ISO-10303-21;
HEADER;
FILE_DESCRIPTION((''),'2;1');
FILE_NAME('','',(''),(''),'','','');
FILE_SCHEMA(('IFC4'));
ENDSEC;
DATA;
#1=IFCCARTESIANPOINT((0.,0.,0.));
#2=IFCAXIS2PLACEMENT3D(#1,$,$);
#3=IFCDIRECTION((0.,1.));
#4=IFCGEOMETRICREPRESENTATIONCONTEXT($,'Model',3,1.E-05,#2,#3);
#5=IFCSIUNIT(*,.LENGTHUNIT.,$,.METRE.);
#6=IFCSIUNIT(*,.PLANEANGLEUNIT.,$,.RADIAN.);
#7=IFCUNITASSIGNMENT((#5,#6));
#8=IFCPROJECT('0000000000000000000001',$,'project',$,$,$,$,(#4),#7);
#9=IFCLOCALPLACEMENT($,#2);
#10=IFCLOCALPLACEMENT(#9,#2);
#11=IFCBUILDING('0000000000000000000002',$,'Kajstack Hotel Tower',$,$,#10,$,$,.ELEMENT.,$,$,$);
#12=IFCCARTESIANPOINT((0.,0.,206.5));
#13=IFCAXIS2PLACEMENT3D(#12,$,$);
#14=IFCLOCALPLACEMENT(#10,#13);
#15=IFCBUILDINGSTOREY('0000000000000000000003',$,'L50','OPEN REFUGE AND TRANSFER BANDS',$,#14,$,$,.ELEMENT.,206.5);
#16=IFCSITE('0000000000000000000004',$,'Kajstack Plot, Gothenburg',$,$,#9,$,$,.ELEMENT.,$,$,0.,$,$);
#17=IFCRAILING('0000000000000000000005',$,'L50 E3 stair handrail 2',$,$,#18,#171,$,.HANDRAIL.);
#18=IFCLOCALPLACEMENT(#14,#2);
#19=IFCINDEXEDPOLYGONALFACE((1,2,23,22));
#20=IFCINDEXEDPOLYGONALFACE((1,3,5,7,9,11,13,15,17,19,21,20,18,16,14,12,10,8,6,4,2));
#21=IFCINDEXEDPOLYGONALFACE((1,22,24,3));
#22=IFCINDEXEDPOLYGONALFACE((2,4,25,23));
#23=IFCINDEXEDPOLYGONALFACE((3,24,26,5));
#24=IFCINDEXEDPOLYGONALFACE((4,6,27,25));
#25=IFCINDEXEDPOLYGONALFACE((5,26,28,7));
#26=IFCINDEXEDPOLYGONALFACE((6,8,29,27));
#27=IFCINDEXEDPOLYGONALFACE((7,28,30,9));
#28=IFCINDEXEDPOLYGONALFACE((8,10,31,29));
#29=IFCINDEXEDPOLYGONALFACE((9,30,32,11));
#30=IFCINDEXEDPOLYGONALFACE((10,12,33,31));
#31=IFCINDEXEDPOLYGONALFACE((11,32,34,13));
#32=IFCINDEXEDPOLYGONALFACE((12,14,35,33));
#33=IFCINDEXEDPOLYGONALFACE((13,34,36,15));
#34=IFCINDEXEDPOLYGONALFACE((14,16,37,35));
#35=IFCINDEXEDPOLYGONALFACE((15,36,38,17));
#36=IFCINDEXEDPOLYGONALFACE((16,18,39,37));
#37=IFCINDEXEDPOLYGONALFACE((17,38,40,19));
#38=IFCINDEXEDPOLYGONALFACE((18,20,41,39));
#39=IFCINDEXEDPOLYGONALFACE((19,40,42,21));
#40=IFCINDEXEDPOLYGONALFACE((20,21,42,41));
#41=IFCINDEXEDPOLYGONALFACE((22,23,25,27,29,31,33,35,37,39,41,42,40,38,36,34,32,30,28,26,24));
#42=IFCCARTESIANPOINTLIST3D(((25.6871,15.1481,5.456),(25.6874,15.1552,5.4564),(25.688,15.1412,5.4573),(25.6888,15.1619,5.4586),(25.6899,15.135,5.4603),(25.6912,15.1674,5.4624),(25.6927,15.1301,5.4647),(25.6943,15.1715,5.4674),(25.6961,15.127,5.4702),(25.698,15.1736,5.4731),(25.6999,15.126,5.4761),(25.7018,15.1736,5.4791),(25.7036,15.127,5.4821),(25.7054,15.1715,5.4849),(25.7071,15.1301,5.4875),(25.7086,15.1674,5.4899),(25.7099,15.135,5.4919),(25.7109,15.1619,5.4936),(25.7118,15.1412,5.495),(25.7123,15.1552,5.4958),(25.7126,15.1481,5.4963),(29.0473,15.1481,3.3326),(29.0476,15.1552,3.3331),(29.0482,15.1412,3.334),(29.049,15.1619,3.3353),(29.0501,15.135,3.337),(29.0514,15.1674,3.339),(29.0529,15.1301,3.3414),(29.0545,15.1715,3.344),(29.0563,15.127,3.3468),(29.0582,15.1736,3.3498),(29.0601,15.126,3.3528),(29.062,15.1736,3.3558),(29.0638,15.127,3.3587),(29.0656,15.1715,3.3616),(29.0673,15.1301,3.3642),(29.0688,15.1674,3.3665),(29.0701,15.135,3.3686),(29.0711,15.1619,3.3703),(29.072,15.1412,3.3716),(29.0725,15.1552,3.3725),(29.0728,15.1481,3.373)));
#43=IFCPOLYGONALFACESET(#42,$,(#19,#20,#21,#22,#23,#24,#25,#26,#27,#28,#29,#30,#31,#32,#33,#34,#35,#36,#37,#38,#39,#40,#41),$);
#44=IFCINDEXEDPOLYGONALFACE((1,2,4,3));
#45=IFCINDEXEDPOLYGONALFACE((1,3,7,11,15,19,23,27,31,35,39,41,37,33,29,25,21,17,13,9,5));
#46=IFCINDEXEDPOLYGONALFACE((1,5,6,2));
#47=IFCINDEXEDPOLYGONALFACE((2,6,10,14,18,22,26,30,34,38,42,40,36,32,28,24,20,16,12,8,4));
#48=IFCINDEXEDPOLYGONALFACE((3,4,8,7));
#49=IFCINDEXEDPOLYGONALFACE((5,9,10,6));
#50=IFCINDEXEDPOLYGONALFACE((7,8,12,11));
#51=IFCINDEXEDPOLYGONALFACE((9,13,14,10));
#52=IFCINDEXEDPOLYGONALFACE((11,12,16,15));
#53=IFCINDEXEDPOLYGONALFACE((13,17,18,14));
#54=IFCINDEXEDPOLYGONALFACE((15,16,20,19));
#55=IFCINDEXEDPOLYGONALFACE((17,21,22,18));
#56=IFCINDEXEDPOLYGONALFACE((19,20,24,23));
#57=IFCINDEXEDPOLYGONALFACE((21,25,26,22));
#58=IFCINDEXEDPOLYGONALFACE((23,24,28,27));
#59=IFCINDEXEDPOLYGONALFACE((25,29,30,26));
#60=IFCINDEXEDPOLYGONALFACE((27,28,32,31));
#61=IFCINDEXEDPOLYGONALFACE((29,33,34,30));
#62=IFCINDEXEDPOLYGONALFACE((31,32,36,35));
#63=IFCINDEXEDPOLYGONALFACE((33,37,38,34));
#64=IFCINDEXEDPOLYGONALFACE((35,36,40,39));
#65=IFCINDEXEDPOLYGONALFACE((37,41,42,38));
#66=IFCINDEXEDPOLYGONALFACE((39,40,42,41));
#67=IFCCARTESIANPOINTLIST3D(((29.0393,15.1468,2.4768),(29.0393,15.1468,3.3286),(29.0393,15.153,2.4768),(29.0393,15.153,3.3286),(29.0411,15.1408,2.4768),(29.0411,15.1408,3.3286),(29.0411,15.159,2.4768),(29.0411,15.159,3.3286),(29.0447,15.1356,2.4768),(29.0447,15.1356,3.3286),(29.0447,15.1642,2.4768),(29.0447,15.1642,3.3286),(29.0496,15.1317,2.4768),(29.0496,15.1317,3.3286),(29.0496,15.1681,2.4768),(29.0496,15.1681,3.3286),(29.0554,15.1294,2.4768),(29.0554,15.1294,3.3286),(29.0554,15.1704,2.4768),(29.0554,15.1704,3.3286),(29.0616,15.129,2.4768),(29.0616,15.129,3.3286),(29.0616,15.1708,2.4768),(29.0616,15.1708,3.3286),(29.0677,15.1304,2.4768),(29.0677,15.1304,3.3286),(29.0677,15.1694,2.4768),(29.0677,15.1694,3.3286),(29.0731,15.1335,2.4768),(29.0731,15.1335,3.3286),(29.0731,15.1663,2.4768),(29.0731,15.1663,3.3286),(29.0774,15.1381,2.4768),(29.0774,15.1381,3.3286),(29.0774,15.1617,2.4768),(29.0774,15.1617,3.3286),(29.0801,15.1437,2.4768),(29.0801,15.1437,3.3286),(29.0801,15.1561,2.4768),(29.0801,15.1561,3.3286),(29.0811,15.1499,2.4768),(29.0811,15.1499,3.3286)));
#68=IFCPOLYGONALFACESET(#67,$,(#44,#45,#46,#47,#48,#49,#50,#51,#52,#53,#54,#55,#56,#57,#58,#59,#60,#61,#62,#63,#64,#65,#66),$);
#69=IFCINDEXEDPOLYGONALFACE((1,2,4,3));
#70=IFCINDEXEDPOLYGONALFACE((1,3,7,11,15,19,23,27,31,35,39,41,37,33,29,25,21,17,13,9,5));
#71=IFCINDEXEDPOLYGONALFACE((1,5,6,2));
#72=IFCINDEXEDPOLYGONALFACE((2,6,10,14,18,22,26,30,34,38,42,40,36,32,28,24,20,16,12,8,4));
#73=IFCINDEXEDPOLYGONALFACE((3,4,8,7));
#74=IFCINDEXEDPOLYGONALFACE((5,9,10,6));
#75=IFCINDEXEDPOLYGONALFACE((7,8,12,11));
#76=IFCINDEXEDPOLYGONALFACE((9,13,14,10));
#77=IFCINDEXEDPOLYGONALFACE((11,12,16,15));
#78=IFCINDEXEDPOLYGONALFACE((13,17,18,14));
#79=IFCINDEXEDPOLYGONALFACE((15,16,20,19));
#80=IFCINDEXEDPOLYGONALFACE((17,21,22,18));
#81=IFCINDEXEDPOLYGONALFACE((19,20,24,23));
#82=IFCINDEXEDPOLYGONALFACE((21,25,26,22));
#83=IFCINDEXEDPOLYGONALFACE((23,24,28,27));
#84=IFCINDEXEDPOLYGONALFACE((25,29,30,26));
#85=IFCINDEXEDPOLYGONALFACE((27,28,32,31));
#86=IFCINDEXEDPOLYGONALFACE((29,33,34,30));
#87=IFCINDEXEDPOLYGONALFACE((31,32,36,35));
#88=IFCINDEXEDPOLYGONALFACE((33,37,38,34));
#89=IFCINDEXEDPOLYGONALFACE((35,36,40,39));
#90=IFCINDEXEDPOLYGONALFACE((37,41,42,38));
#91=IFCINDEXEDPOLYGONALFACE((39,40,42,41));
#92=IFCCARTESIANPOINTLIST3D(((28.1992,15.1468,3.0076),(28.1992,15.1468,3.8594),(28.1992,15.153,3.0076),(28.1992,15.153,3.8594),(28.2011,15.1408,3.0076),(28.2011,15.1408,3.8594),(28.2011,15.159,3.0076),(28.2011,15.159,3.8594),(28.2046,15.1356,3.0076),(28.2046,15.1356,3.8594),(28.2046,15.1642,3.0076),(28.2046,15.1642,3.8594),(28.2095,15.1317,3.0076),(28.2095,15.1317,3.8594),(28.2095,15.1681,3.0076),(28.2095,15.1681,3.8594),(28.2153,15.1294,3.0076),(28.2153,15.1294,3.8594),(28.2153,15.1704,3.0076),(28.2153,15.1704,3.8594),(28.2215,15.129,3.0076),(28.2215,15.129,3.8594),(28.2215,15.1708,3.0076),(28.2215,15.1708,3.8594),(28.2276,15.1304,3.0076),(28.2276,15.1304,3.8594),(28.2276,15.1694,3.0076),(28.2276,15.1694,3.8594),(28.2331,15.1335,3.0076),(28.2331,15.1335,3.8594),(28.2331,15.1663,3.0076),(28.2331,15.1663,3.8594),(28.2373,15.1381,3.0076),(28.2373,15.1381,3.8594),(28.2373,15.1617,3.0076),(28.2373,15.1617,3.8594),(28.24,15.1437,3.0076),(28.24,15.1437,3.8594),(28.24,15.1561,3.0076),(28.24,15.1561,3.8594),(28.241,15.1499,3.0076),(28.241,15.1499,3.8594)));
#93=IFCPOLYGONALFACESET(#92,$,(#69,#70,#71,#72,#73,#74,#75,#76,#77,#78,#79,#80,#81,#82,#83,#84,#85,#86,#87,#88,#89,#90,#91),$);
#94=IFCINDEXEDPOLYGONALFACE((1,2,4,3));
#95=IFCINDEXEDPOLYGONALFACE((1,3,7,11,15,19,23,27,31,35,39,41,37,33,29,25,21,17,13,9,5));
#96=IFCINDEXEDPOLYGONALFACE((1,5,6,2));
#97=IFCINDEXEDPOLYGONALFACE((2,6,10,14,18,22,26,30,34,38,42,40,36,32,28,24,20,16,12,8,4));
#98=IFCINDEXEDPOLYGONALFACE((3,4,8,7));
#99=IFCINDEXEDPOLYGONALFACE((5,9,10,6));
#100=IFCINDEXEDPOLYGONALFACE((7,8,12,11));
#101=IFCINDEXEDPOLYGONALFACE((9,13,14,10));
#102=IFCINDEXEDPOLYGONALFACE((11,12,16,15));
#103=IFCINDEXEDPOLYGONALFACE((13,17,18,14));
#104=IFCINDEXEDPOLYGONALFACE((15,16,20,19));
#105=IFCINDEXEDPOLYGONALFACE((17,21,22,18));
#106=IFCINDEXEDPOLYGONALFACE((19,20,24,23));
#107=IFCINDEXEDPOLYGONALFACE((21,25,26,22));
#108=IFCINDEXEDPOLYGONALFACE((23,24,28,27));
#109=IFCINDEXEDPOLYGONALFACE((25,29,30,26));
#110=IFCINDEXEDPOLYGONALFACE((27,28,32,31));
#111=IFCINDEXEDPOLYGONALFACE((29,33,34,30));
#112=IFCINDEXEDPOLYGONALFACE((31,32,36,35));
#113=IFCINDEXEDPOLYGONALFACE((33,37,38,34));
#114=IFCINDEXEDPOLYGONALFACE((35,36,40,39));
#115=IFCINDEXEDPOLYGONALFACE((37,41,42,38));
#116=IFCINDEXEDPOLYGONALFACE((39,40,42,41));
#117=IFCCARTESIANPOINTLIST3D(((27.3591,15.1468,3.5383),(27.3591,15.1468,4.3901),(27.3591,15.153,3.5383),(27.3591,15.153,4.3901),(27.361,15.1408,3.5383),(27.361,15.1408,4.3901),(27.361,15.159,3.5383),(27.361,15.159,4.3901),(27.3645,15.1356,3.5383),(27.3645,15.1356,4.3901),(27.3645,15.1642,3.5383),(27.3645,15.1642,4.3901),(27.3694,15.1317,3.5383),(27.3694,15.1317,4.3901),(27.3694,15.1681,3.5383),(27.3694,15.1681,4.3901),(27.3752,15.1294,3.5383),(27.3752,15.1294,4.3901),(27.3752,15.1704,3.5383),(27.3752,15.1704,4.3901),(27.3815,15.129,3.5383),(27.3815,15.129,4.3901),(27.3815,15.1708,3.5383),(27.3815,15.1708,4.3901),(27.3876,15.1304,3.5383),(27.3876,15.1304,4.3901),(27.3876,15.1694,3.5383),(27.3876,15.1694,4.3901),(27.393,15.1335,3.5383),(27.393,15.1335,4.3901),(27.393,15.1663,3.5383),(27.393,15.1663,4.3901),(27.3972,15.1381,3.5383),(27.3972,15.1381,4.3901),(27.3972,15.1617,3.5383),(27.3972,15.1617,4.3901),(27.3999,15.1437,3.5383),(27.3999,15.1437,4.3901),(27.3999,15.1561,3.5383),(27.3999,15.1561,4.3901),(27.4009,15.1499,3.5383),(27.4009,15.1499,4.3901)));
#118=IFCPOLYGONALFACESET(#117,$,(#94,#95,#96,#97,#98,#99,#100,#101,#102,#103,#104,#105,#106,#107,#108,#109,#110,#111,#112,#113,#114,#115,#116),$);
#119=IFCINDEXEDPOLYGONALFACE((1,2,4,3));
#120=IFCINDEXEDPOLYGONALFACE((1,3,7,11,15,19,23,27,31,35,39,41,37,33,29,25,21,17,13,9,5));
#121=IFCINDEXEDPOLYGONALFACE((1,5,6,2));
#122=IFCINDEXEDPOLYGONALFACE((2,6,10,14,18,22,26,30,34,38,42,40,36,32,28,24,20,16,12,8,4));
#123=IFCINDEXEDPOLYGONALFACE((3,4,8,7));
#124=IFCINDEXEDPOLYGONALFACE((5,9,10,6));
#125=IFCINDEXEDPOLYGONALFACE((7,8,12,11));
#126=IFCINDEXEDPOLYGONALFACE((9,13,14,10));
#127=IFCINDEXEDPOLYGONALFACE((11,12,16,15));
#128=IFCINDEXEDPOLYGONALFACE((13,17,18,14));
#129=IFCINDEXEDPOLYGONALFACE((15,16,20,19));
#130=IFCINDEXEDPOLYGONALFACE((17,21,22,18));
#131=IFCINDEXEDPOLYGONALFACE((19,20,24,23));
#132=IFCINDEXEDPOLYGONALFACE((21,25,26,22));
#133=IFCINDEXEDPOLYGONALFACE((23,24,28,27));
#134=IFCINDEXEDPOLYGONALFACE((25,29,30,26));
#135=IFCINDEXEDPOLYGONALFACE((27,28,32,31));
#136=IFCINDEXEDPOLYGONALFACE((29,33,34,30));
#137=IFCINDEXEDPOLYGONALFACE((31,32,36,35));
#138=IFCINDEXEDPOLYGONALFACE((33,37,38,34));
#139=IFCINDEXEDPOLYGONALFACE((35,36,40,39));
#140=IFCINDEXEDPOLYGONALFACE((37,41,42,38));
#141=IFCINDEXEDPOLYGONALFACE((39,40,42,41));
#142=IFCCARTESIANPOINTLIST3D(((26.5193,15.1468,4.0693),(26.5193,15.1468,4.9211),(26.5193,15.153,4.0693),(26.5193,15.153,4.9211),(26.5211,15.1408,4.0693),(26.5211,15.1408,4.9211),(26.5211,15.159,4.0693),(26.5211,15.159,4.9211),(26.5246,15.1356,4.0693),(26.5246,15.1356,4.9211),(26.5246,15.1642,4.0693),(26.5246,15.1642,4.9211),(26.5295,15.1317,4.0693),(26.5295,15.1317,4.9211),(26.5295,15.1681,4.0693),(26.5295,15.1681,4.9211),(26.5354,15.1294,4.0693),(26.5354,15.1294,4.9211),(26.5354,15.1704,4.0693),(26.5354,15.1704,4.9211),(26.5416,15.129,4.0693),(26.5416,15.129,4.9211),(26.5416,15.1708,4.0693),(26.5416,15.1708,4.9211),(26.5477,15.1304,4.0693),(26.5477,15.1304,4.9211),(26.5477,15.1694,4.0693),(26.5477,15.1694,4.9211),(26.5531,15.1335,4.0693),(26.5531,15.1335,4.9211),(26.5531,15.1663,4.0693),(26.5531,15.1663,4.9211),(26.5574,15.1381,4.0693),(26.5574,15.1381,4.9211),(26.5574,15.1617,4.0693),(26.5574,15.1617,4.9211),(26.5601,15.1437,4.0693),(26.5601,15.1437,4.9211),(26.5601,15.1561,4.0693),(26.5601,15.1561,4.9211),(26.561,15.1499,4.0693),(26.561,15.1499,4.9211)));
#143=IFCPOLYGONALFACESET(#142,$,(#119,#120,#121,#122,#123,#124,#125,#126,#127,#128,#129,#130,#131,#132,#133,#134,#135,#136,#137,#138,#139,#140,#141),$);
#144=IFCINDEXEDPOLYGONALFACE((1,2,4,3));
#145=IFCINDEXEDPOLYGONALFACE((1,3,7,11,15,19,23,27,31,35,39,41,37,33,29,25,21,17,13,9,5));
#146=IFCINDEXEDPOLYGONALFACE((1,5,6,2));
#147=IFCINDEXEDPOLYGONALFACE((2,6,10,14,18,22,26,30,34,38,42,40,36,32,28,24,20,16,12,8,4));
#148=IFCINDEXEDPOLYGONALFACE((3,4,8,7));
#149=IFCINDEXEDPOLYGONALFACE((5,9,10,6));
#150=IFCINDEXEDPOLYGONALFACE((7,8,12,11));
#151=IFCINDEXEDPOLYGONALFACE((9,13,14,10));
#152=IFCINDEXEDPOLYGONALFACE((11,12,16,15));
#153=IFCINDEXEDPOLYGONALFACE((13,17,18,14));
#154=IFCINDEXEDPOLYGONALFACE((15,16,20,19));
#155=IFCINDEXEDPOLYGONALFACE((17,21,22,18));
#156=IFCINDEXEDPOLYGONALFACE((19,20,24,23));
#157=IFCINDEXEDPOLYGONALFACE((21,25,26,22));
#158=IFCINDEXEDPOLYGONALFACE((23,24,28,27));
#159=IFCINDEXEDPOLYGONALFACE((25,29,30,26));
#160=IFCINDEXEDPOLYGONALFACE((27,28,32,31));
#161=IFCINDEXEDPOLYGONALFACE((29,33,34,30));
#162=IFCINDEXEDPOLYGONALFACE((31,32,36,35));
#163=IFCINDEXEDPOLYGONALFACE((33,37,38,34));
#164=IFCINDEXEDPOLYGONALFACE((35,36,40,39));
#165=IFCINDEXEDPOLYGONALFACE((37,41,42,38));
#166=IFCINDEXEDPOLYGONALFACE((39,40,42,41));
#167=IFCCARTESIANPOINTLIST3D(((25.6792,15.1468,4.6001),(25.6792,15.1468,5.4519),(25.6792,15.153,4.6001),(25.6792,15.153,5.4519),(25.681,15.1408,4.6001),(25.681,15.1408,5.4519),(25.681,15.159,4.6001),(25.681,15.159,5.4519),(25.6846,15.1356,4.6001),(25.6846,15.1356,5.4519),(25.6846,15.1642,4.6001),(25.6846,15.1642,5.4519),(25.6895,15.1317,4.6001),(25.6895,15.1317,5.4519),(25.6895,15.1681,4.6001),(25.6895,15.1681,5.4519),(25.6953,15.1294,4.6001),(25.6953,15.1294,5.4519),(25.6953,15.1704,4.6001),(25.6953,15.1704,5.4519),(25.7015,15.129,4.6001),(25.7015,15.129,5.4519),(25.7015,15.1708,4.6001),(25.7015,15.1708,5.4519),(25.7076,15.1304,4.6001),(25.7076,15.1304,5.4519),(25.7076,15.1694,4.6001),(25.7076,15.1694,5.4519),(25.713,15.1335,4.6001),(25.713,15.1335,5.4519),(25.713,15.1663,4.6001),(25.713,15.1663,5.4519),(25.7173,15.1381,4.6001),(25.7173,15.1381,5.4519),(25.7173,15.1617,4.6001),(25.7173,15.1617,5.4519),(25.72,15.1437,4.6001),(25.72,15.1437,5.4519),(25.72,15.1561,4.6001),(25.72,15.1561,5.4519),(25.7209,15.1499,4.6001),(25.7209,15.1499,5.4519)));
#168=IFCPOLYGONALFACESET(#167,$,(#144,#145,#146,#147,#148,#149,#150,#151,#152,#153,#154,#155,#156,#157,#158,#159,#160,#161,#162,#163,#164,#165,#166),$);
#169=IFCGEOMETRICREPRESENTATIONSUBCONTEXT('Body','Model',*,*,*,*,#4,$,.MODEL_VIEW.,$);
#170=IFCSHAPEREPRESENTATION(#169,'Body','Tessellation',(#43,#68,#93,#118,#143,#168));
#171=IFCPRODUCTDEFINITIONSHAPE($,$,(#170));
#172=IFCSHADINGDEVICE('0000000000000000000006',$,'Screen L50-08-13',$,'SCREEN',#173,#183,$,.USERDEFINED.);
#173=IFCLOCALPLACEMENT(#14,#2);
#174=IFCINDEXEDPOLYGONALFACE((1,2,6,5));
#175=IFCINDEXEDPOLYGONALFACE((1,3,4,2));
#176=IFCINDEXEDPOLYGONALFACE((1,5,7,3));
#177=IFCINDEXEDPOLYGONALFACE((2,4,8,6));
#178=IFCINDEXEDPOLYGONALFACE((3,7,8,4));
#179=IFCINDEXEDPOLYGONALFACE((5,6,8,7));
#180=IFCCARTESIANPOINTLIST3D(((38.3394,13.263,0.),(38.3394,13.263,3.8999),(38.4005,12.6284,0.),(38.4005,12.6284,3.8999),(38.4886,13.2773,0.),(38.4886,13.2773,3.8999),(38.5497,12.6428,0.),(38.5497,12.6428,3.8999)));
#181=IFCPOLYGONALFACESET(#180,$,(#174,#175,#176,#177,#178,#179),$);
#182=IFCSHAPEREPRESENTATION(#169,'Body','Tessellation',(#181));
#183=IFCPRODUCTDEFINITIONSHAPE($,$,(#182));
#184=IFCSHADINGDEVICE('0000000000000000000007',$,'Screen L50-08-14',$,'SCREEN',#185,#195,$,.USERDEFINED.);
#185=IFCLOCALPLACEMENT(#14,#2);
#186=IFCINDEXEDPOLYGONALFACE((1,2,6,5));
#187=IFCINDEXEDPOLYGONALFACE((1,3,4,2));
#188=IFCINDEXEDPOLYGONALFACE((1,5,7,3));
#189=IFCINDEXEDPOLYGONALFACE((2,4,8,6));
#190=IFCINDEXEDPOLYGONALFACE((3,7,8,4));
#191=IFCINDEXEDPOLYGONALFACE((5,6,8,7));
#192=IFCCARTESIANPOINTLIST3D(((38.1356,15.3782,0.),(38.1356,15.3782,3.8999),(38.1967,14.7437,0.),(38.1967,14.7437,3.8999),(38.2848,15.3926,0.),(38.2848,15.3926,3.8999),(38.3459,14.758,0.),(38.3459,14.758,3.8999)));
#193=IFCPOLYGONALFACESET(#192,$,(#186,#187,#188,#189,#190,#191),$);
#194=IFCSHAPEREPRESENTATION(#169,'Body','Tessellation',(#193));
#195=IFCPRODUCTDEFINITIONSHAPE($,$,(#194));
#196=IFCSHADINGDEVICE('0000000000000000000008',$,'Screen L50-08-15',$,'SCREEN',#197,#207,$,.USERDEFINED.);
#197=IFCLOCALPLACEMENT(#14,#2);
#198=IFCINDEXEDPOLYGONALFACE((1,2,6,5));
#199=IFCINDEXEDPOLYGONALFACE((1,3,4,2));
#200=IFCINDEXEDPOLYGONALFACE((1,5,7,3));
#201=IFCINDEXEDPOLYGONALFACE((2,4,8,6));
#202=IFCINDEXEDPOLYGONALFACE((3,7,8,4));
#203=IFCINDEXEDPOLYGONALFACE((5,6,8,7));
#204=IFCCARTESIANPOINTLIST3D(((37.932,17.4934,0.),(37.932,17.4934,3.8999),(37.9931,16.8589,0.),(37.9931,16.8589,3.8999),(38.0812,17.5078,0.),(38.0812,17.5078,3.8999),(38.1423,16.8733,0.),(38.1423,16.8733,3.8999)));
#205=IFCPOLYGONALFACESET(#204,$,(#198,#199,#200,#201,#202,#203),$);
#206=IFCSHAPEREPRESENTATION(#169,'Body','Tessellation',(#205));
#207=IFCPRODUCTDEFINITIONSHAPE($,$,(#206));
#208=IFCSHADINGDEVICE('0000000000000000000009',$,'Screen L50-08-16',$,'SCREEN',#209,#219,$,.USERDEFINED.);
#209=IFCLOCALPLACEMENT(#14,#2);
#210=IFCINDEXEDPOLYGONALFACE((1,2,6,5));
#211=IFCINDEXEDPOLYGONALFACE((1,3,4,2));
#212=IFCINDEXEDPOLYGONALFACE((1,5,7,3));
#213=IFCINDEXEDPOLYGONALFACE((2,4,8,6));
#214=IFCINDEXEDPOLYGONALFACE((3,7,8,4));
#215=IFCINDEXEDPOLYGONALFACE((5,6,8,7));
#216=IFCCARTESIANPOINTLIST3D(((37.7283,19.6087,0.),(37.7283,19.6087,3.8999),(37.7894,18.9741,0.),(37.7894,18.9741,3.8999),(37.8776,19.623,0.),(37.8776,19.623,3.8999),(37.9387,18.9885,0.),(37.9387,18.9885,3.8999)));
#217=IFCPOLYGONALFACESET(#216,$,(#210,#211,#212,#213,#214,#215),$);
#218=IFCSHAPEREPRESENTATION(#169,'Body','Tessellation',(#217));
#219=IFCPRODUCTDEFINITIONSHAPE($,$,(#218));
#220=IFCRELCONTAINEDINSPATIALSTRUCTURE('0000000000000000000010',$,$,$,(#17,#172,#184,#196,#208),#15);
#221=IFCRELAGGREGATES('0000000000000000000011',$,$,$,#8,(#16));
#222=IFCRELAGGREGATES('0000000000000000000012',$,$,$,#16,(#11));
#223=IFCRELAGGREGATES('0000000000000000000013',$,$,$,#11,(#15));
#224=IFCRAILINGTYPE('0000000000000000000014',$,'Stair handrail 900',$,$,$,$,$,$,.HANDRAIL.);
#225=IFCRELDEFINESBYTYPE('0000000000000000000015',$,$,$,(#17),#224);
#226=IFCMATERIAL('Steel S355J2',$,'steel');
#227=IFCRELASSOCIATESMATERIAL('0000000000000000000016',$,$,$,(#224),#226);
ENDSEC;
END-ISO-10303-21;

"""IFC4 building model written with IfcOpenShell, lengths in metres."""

from ifc_helpers import new_model, si_unit, direction, frame, origin, origin_2d, place, context, subcontext, project, spatial, rectangle, circle, extrude, material, type_object, element, save


model = new_model("IFC4")

# Units and contexts
model_context = context("Model", 3, precision=1e-05, world=origin(), true_north=direction((0.0, 1.0)))
body_context = subcontext(model_context, "Body", "Model", "MODEL_VIEW")
ifc_project = project(units=[si_unit("LENGTHUNIT", "METRE"), si_unit("PLANEANGLEUNIT", "RADIAN")], contexts=[model_context])

# Site, building, storey
site_placement = place(None, origin())
site = spatial("IfcSite", under=ifc_project, at=site_placement, Name="Kajstack Plot, Gothenburg", CompositionType="ELEMENT", RefElevation=0.0)
building_placement = place(site_placement, origin())
building = spatial("IfcBuilding", under=site, at=building_placement, Name="Kajstack Hotel Tower", CompositionType="ELEMENT")
storey_placement = place(building_placement, frame((0.0, 0.0, 206.5)))
storey = spatial("IfcBuildingStorey", under=building, at=storey_placement, Name="L50", Description="OPEN REFUGE AND TRANSFER BANDS", CompositionType="ELEMENT", Elevation=206.5)

# Railing
ifc_material_1 = material(Name="Steel S355J2", Category="steel")
railing_type_1 = type_object("IfcRailingType", Name="Stair handrail 900", PredefinedType="HANDRAIL", material=ifc_material_1)
railing_1_placement = place(storey_placement, frame((29.0601, 15.1499, 2.4768)))
element("IfcRailing", 1, at=railing_1_placement, inside=storey, type_object=railing_type_1, Name="L50 E3 stair handrail 2", PredefinedType="HANDRAIL", context=body_context, shape_type="SweptSolid", body=[
    extrude(circle(Radius=0.0239, at=origin_2d()), frame((0.0, 0.0, 0.876), z_axis=(-0.845362, 0.0, 0.534194), x_axis=(0.0, -1.0, 0.0)), (0.0, 0.0, 1.0), 3.9749),
    extrude(circle(Radius=0.021, at=origin_2d()), origin(), (0.0, 0.0, 1.0), 0.8518),
    extrude(circle(Radius=0.021, at=origin_2d()), frame((-0.8401, 0.0, 0.5308)), (0.0, 0.0, 1.0), 0.8518),
    extrude(circle(Radius=0.021, at=origin_2d()), frame((-1.6802, 0.0, 1.0615)), (0.0, 0.0, 1.0), 0.8518),
    extrude(circle(Radius=0.021, at=origin_2d()), frame((-2.52, 0.0, 1.5925)), (0.0, 0.0, 1.0), 0.8518),
    extrude(circle(Radius=0.021, at=origin_2d()), frame((-3.3601, 0.0, 2.1233)), (0.0, 0.0, 1.0), 0.8518),
])

# Shading devices
for number, where, z_axis, x_axis, name in (
    (2, (38.4446, 12.9529, 0.0), (0.0, 0.0, 1.0), (-0.095844, 0.995396, 0.0), "Screen L50-08-13"),
    (3, (38.2407, 15.0681, 0.0), (0.0, 0.0, 1.0), (-0.095844, 0.995396, 0.0), "Screen L50-08-14"),
    (4, (38.0371, 17.1833, 0.0), (0.0, 0.0, 1.0), (-0.095844, 0.995396, 0.0), "Screen L50-08-15"),
    (5, (37.8335, 19.2986, 0.0), (0.0, 0.0, 1.0), (-0.095844, 0.995396, 0.0), "Screen L50-08-16"),
):
    element("IfcShadingDevice", number, at=place(storey_placement, frame(where, z_axis=z_axis, x_axis=x_axis)), inside=storey, Name=name, ObjectType="SCREEN", PredefinedType="USERDEFINED", context=body_context, shape_type="SweptSolid", body=[
        extrude(rectangle(XDim=0.6375, YDim=0.1499, at=origin_2d()), origin(), (0.0, 0.0, 1.0), 3.8999),
    ])

save(model, "model.ifc")
